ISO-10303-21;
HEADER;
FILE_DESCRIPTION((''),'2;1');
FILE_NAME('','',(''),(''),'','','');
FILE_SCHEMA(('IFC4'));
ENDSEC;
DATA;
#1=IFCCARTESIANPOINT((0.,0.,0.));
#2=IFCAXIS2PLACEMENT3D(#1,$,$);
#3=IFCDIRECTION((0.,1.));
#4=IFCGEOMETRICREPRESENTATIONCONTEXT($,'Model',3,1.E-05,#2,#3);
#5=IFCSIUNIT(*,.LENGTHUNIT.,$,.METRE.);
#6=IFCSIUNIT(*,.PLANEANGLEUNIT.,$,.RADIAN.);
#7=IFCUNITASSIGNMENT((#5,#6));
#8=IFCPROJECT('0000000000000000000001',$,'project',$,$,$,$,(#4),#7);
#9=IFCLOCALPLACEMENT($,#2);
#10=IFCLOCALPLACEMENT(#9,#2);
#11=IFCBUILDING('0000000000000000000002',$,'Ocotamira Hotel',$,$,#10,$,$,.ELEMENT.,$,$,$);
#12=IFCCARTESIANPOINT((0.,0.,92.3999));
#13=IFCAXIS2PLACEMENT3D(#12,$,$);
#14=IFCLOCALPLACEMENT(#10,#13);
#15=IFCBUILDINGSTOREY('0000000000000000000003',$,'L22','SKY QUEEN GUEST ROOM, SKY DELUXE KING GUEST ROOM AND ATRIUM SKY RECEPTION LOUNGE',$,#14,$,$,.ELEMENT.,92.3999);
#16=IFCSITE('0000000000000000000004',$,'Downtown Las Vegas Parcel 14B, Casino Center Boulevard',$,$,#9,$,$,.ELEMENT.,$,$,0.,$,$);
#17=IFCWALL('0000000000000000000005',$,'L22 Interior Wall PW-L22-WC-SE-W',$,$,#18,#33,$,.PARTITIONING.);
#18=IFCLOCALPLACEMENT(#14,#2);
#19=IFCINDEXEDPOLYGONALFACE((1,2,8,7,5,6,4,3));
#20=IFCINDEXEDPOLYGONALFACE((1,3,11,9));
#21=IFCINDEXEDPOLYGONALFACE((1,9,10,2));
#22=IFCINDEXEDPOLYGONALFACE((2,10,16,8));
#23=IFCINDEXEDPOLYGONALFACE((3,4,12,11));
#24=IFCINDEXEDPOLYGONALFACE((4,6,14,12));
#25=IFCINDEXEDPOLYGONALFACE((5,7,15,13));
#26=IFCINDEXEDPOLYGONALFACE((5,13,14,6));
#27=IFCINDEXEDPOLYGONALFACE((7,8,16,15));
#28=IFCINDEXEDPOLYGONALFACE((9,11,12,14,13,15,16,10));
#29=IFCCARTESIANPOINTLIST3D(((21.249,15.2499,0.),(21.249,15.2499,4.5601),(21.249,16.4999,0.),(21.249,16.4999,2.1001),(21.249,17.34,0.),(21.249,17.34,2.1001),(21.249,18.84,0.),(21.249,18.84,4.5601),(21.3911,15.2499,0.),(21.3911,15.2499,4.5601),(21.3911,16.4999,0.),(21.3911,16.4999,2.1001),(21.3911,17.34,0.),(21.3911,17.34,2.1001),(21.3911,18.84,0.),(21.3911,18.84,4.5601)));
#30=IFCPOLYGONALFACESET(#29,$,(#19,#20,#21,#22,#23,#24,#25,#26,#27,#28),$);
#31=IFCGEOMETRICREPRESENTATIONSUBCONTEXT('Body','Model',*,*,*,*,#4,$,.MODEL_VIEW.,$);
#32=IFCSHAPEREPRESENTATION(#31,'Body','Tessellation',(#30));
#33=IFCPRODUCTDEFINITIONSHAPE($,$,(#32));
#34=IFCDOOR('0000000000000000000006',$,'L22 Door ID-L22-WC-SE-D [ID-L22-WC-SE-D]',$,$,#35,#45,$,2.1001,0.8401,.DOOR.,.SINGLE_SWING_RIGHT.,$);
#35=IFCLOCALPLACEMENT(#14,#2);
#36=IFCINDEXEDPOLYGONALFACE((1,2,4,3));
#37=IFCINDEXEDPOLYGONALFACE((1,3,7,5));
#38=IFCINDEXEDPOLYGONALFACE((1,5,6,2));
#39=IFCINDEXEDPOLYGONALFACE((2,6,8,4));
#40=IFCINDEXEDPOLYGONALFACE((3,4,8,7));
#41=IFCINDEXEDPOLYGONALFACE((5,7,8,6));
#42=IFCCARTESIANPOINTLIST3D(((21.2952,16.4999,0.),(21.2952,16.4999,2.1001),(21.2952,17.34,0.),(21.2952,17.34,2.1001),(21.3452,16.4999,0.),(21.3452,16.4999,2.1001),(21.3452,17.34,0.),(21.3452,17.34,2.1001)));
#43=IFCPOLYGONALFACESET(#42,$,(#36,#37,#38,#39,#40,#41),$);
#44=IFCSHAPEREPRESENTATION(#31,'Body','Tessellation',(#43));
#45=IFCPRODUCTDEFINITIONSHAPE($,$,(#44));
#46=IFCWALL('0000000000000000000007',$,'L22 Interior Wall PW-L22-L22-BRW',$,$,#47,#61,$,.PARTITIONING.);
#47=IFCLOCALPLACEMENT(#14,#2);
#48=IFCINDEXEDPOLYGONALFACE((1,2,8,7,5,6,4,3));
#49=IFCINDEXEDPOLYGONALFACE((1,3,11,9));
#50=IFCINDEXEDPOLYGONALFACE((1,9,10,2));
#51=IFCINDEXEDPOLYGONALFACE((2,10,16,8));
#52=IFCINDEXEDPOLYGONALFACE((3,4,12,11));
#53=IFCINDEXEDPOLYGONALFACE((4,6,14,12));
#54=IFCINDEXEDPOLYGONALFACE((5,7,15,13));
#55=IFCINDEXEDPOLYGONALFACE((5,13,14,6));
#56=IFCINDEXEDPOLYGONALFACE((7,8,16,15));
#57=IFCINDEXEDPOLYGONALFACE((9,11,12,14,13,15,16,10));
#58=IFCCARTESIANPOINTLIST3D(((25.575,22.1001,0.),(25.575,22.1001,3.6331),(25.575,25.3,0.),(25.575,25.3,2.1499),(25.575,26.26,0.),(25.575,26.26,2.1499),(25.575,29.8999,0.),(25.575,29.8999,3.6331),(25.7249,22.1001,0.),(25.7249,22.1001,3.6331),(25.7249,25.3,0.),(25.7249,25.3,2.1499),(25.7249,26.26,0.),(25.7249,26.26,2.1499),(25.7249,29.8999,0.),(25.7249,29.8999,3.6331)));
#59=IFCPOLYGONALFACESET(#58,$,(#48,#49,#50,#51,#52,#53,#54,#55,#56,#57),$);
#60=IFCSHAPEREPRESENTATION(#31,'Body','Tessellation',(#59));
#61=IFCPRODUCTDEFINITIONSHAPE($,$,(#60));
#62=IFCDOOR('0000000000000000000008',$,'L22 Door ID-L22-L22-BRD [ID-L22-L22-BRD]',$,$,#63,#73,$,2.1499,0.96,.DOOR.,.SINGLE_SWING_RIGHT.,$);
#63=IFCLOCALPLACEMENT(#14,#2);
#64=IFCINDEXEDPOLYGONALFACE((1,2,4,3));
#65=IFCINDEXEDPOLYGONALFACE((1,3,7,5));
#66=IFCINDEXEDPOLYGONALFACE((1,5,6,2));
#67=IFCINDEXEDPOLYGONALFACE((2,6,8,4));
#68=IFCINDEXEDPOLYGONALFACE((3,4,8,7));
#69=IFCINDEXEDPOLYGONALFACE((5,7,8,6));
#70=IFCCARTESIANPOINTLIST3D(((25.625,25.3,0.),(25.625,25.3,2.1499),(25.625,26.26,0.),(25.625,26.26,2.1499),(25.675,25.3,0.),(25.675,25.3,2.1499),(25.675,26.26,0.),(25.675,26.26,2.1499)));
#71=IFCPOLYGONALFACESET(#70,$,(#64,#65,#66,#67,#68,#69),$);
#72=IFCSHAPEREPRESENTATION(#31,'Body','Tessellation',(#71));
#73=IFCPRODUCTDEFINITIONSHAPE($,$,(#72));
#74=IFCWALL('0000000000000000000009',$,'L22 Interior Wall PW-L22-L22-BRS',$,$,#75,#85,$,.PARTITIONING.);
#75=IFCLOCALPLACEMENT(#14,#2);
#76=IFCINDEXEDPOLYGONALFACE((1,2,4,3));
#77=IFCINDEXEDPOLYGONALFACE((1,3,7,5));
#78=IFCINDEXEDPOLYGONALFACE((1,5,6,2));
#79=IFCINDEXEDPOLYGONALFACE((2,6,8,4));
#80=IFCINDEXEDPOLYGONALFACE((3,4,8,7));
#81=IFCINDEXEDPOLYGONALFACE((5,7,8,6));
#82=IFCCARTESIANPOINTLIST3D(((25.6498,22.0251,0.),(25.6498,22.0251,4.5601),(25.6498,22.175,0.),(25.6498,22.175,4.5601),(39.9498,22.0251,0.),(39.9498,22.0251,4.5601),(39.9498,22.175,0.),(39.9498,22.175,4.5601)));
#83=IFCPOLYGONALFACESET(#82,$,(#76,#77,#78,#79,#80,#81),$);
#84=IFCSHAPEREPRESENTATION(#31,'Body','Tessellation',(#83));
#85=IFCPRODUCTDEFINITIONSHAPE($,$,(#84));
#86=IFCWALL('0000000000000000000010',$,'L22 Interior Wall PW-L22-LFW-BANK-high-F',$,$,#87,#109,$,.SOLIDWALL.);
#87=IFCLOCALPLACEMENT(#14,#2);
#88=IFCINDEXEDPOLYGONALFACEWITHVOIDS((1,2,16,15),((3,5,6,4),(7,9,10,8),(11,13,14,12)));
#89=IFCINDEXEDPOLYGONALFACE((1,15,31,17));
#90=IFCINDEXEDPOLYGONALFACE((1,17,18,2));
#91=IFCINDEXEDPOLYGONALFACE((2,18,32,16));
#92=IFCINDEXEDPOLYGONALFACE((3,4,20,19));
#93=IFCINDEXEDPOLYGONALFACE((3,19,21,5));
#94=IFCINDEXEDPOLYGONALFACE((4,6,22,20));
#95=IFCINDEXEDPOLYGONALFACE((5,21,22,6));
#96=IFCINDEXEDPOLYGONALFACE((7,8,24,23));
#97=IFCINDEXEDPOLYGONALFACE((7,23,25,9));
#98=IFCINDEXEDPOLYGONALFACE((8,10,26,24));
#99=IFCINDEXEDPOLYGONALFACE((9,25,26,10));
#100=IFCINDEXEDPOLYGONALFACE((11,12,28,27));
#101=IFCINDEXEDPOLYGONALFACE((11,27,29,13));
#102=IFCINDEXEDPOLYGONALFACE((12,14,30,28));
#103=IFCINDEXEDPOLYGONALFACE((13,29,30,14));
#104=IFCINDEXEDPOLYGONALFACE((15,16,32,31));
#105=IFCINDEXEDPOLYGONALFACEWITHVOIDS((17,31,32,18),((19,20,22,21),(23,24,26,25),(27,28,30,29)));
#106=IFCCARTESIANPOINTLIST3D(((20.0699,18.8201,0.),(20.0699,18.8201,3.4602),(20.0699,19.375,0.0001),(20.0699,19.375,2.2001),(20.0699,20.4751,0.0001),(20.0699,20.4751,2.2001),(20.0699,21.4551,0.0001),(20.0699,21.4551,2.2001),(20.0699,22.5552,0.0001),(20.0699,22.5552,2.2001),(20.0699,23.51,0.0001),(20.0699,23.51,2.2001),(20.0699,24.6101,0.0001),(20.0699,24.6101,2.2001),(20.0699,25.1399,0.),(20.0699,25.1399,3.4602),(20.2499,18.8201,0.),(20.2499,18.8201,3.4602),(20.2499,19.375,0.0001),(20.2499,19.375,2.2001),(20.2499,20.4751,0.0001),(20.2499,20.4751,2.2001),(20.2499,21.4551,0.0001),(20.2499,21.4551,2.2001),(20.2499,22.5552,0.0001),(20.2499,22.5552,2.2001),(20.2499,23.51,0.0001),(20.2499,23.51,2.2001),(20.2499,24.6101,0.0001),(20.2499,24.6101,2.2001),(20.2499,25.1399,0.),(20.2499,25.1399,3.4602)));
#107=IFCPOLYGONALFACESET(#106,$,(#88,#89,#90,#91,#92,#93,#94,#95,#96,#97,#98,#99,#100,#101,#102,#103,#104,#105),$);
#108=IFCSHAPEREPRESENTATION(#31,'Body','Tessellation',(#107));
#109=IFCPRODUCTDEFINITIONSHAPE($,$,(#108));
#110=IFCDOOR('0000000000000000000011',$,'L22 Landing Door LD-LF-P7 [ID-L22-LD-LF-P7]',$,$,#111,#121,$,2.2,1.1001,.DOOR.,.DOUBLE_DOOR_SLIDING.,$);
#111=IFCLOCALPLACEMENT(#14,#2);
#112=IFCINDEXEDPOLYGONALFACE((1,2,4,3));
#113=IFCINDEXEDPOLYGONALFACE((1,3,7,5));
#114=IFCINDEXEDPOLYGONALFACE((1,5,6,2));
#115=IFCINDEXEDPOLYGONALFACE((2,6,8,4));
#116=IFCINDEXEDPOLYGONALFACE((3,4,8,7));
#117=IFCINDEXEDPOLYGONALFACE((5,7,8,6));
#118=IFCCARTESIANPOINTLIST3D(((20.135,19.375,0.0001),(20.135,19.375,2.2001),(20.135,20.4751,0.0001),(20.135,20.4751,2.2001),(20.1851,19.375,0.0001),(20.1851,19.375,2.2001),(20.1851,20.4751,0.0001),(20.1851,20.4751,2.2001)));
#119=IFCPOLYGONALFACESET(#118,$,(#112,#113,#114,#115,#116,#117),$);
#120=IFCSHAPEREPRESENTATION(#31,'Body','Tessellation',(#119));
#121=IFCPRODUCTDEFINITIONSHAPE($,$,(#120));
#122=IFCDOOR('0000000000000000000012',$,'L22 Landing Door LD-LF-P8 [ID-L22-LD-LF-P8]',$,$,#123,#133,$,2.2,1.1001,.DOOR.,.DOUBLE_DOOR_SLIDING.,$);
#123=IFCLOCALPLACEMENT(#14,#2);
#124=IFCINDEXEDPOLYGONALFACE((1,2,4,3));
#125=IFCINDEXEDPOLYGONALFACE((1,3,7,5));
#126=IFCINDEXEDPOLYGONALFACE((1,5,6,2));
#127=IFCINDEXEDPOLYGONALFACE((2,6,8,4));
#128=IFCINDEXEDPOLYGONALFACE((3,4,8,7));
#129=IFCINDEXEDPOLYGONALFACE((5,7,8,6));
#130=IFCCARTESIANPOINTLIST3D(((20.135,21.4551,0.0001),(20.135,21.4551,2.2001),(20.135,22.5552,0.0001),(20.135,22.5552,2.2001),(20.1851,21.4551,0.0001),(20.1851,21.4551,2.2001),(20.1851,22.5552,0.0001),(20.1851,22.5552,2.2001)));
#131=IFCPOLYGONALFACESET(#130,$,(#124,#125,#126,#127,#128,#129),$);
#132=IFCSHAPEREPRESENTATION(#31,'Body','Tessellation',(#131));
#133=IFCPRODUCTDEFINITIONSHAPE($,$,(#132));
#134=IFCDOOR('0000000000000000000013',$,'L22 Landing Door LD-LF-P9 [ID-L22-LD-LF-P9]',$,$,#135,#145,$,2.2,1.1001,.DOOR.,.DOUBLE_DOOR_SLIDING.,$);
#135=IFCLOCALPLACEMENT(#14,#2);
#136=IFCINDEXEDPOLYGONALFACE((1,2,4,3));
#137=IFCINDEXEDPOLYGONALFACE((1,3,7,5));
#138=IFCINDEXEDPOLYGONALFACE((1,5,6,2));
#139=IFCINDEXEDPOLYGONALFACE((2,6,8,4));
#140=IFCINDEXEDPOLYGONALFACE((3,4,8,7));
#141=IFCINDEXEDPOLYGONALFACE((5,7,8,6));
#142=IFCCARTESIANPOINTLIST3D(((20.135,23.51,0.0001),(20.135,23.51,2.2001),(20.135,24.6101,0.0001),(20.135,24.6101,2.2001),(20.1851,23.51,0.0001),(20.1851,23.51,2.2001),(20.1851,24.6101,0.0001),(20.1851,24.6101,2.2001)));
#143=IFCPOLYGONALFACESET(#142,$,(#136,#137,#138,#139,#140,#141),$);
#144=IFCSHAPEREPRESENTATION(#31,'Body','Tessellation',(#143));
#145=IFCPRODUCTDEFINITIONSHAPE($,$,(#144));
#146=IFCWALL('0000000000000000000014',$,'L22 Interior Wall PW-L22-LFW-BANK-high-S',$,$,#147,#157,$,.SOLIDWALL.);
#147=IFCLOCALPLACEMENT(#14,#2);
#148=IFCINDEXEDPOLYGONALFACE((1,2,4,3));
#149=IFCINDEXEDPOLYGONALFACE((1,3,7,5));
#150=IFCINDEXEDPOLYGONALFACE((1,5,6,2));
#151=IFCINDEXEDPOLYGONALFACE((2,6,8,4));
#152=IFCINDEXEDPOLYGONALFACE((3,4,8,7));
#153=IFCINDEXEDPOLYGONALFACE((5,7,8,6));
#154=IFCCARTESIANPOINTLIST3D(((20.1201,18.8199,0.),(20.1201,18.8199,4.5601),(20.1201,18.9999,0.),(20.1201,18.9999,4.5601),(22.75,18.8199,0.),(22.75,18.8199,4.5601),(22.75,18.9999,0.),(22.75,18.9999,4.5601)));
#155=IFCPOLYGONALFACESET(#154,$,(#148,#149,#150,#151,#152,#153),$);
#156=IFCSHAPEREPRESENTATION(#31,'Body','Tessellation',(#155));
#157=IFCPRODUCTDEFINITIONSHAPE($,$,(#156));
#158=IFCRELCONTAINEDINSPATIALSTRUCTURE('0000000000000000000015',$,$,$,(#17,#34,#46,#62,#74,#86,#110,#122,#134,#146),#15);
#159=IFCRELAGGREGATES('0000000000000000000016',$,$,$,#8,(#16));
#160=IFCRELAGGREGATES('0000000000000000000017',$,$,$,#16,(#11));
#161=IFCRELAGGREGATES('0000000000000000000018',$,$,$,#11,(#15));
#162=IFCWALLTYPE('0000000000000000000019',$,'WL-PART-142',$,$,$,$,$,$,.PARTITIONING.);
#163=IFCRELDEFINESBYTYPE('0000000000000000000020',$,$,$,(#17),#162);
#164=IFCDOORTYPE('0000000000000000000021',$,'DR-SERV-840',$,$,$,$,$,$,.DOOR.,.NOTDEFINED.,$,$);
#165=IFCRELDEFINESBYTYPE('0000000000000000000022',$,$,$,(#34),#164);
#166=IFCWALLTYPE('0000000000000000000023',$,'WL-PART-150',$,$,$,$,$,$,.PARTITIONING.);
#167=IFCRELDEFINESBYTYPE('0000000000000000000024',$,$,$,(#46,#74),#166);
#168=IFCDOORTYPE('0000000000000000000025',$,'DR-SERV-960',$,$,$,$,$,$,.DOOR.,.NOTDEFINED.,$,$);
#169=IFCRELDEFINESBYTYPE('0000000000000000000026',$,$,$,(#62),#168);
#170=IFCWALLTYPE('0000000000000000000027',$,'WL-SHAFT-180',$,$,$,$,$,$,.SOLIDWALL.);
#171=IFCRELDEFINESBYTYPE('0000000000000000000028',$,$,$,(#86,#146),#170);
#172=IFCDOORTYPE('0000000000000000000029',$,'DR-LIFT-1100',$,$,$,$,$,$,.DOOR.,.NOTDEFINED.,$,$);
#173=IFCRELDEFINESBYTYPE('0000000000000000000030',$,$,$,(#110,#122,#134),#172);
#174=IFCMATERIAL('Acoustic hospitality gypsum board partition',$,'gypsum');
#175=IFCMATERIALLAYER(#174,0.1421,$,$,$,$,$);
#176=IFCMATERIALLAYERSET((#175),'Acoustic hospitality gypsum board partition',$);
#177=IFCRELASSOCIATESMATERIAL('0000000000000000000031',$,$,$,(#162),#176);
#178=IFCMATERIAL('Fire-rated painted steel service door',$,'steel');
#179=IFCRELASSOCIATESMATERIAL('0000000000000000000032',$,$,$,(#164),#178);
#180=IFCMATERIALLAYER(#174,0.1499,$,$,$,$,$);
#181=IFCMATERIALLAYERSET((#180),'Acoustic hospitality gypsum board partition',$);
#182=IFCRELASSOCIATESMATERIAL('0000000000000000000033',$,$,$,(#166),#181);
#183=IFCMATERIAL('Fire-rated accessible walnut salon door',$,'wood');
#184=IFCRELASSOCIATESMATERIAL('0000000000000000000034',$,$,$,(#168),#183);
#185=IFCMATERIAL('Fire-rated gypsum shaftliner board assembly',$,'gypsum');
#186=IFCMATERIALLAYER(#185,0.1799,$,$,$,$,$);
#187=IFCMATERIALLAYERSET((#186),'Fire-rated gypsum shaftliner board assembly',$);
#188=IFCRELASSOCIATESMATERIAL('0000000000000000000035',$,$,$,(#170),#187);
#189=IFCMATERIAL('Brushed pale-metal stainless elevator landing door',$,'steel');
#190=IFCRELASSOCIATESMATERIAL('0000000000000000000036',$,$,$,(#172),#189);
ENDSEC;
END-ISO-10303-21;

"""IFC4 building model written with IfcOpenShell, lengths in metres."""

from ifc_helpers import new_model, si_unit, direction, frame, frame_2d, origin, place, context, subcontext, project, spatial, rectangle, extrude, source, transform, mapped, material, layer, layer_set, type_object, element, fill, save


model = new_model("IFC4")

# Units and contexts
model_context = context("Model", 3, precision=1e-05, world=origin(), true_north=direction((0.0, 1.0)))
body_context = subcontext(model_context, "Body", "Model", "MODEL_VIEW")
ifc_project = project(units=[si_unit("LENGTHUNIT", "METRE"), si_unit("PLANEANGLEUNIT", "RADIAN")], contexts=[model_context])

# Site, building, storey
site_placement = place(None, origin())
site = spatial("IfcSite", under=ifc_project, at=site_placement, Name="Downtown Las Vegas Parcel 14B, Casino Center Boulevard", CompositionType="ELEMENT", RefElevation=0.0)
building_placement = place(site_placement, origin())
building = spatial("IfcBuilding", under=site, at=building_placement, Name="Ocotamira Hotel", CompositionType="ELEMENT")
storey_placement = place(building_placement, frame((0.0, 0.0, 92.3999)))
storey = spatial("IfcBuildingStorey", under=building, at=storey_placement, Name="L22", Description="SKY QUEEN GUEST ROOM, SKY DELUXE KING GUEST ROOM AND ATRIUM SKY RECEPTION LOUNGE", CompositionType="ELEMENT", Elevation=92.3999)

# Walls, openings, doors
ifc_material_1 = material(Name="Acoustic hospitality gypsum board partition", Category="gypsum")
ifc_layer_1 = layer(ifc_material_1, 0.1421)
ifc_layer_set_1 = layer_set([ifc_layer_1], Name="Acoustic hospitality gypsum board partition")
wall_type_1 = type_object("IfcWallType", Name="WL-PART-142", PredefinedType="PARTITIONING", material=ifc_layer_set_1)
wall_1_placement = place(storey_placement, frame((21.3201, 15.25, 0.0), z_axis=(0.0, 0.0, 1.0), x_axis=(0.0, 1.0, 0.0)))
wall_1 = element("IfcWall", 1, at=wall_1_placement, inside=storey, type_object=wall_type_1, Name="L22 Interior Wall PW-L22-WC-SE-W", PredefinedType="PARTITIONING", context=body_context, shape_type="SweptSolid", body=[
    extrude(rectangle(XDim=3.5901, YDim=0.1421, at=frame_2d((1.7949, 0.0))), origin(), (0.0, 0.0, 1.0), 4.5601),
])
opening_1_placement = place(wall_1_placement, frame((1.25, 0.0, 0.0)))
opening_1 = element("IfcOpeningElement", 2, at=opening_1_placement, cuts=wall_1, PredefinedType="OPENING", context=body_context, shape_type="SweptSolid", body=[
    extrude(rectangle(XDim=0.8401, YDim=2.1001, at=frame_2d((0.4199, 1.05))), frame((0.0, 0.0811, 0.0), z_axis=(0.0, -1.0, 0.0), x_axis=(1.0, 0.0, 0.0)), (0.0, 0.0, 1.0), 0.1621),
])
ifc_material_2 = material(Name="Fire-rated painted steel service door", Category="steel")
door_type_1 = type_object("IfcDoorType", Name="DR-SERV-840", OperationType="NOTDEFINED", PredefinedType="DOOR", material=ifc_material_2)
shared_shape_1 = source(origin(), body_context, "Body", "SweptSolid", [
    extrude(rectangle(XDim=0.8401, YDim=2.1001, at=frame_2d((0.4199, 1.05))), frame((0.0, 0.0249, 0.0), z_axis=(0.0, -1.0, 0.0), x_axis=(1.0, 0.0, 0.0)), (0.0, 0.0, 1.0), 0.05),
])
door_1_placement = place(opening_1_placement, origin())
door_1 = element("IfcDoor", 3, at=door_1_placement, inside=storey, type_object=door_type_1, Name="L22 Door ID-L22-WC-SE-D [ID-L22-WC-SE-D]", OperationType="SINGLE_SWING_RIGHT", OverallHeight=2.1001, OverallWidth=0.8401, PredefinedType="DOOR", context=body_context, shape_type="MappedRepresentation", body=[
    mapped(shared_shape_1, transform((0.0, 0.0, 0.0), scale=1.0)),
])
fill(opening_1, door_1)
ifc_layer_2 = layer(ifc_material_1, 0.1499)
ifc_layer_set_2 = layer_set([ifc_layer_2], Name="Acoustic hospitality gypsum board partition")
wall_type_2 = type_object("IfcWallType", Name="WL-PART-150", PredefinedType="PARTITIONING", material=ifc_layer_set_2)
wall_2_placement = place(storey_placement, frame((25.6499, 22.1001, 0.0), z_axis=(0.0, 0.0, 1.0), x_axis=(0.0, 1.0, 0.0)))
wall_2 = element("IfcWall", 4, at=wall_2_placement, inside=storey, type_object=wall_type_2, Name="L22 Interior Wall PW-L22-L22-BRW", PredefinedType="PARTITIONING", context=body_context, shape_type="SweptSolid", body=[
    extrude(rectangle(XDim=7.7998, YDim=0.1499, at=frame_2d((3.8999, 0.0))), origin(), (0.0, 0.0, 1.0), 3.6331),
])
opening_2_placement = place(wall_2_placement, frame((3.2, 0.0, 0.0)))
opening_2 = element("IfcOpeningElement", 5, at=opening_2_placement, cuts=wall_2, PredefinedType="OPENING", context=body_context, shape_type="SweptSolid", body=[
    extrude(rectangle(XDim=0.96, YDim=2.1499, at=frame_2d((0.48, 1.075))), frame((0.0, 0.085, 0.0), z_axis=(0.0, -1.0, 0.0), x_axis=(1.0, 0.0, 0.0)), (0.0, 0.0, 1.0), 0.1699),
])
ifc_material_3 = material(Name="Fire-rated accessible walnut salon door", Category="wood")
door_type_2 = type_object("IfcDoorType", Name="DR-SERV-960", OperationType="NOTDEFINED", PredefinedType="DOOR", material=ifc_material_3)
shared_shape_2 = source(origin(), body_context, "Body", "SweptSolid", [
    extrude(rectangle(XDim=0.96, YDim=2.1499, at=frame_2d((0.48, 1.075))), frame((0.0, 0.0249, 0.0), z_axis=(0.0, -1.0, 0.0), x_axis=(1.0, 0.0, 0.0)), (0.0, 0.0, 1.0), 0.05),
])
door_2_placement = place(opening_2_placement, origin())
door_2 = element("IfcDoor", 6, at=door_2_placement, inside=storey, type_object=door_type_2, Name="L22 Door ID-L22-L22-BRD [ID-L22-L22-BRD]", OperationType="SINGLE_SWING_RIGHT", OverallHeight=2.1499, OverallWidth=0.96, PredefinedType="DOOR", context=body_context, shape_type="MappedRepresentation", body=[
    mapped(shared_shape_2, transform((0.0, 0.0, 0.0), scale=1.0)),
])
fill(opening_2, door_2)

# Wall
wall_3_placement = place(storey_placement, frame((25.6499, 22.1001, 0.0), z_axis=(0.0, 0.0, 1.0), x_axis=(1.0, 0.0, 0.0)))
element("IfcWall", 7, at=wall_3_placement, inside=storey, type_object=wall_type_2, Name="L22 Interior Wall PW-L22-L22-BRS", PredefinedType="PARTITIONING", context=body_context, shape_type="SweptSolid", body=[
    extrude(rectangle(XDim=14.3, YDim=0.1499, at=frame_2d((7.1499, 0.0))), origin(), (0.0, 0.0, 1.0), 4.5601),
])

# Wall, openings, doors
ifc_material_4 = material(Name="Fire-rated gypsum shaftliner board assembly", Category="gypsum")
ifc_layer_3 = layer(ifc_material_4, 0.1799)
ifc_layer_set_3 = layer_set([ifc_layer_3], Name="Fire-rated gypsum shaftliner board assembly")
wall_type_3 = type_object("IfcWallType", Name="WL-SHAFT-180", PredefinedType="SOLIDWALL", material=ifc_layer_set_3)
wall_4_placement = place(storey_placement, frame((20.1599, 18.8201, 0.0), z_axis=(0.0, 0.0, 1.0), x_axis=(0.0, 1.0, 0.0)))
wall_4 = element("IfcWall", 8, at=wall_4_placement, inside=storey, type_object=wall_type_3, Name="L22 Interior Wall PW-L22-LFW-BANK-high-F", PredefinedType="SOLIDWALL", context=body_context, shape_type="SweptSolid", body=[
    extrude(rectangle(XDim=6.3198, YDim=0.1799, at=frame_2d((3.1599, 0.0))), origin(), (0.0, 0.0, 1.0), 3.4602),
])
opening_3_placement = place(wall_4_placement, frame((0.5549, 0.0, 0.0)))
opening_3 = element("IfcOpeningElement", 9, at=opening_3_placement, cuts=wall_4, PredefinedType="OPENING", context=body_context, shape_type="SweptSolid", body=[
    extrude(rectangle(XDim=1.1001, YDim=2.2, at=frame_2d((0.55, 1.1001))), frame((0.0, 0.1001, 0.0), z_axis=(0.0, -1.0, 0.0), x_axis=(1.0, 0.0, 0.0)), (0.0, 0.0, 1.0), 0.2),
])
opening_4_placement = place(wall_4_placement, frame((2.635, 0.0, 0.0)))
opening_4 = element("IfcOpeningElement", 10, at=opening_4_placement, cuts=wall_4, PredefinedType="OPENING", context=body_context, shape_type="SweptSolid", body=[
    extrude(rectangle(XDim=1.1001, YDim=2.2, at=frame_2d((0.55, 1.1001))), frame((0.0, 0.1001, 0.0), z_axis=(0.0, -1.0, 0.0), x_axis=(1.0, 0.0, 0.0)), (0.0, 0.0, 1.0), 0.2),
])
opening_5_placement = place(wall_4_placement, frame((4.6899, 0.0, 0.0)))
opening_5 = element("IfcOpeningElement", 11, at=opening_5_placement, cuts=wall_4, PredefinedType="OPENING", context=body_context, shape_type="SweptSolid", body=[
    extrude(rectangle(XDim=1.1001, YDim=2.2, at=frame_2d((0.55, 1.1001))), frame((0.0, 0.1001, 0.0), z_axis=(0.0, -1.0, 0.0), x_axis=(1.0, 0.0, 0.0)), (0.0, 0.0, 1.0), 0.2),
])
ifc_material_5 = material(Name="Brushed pale-metal stainless elevator landing door", Category="steel")
door_type_3 = type_object("IfcDoorType", Name="DR-LIFT-1100", OperationType="NOTDEFINED", PredefinedType="DOOR", material=ifc_material_5)
shared_shape_3 = source(origin(), body_context, "Body", "SweptSolid", [
    extrude(rectangle(XDim=1.1001, YDim=2.2, at=frame_2d((0.55, 1.1001))), frame((0.0, 0.0249, 0.0), z_axis=(0.0, -1.0, 0.0), x_axis=(1.0, 0.0, 0.0)), (0.0, 0.0, 1.0), 0.05),
])
door_3_placement = place(opening_3_placement, origin())
door_3 = element("IfcDoor", 12, at=door_3_placement, inside=storey, type_object=door_type_3, Name="L22 Landing Door LD-LF-P7 [ID-L22-LD-LF-P7]", OperationType="DOUBLE_DOOR_SLIDING", OverallHeight=2.2, OverallWidth=1.1001, PredefinedType="DOOR", context=body_context, shape_type="MappedRepresentation", body=[
    mapped(shared_shape_3, transform((0.0, 0.0, 0.0), scale=1.0)),
])
fill(opening_3, door_3)
door_4_placement = place(opening_4_placement, origin())
door_4 = element("IfcDoor", 13, at=door_4_placement, inside=storey, type_object=door_type_3, Name="L22 Landing Door LD-LF-P8 [ID-L22-LD-LF-P8]", OperationType="DOUBLE_DOOR_SLIDING", OverallHeight=2.2, OverallWidth=1.1001, PredefinedType="DOOR", context=body_context, shape_type="MappedRepresentation", body=[
    mapped(shared_shape_3, transform((0.0, 0.0, 0.0), scale=1.0)),
])
fill(opening_4, door_4)
door_5_placement = place(opening_5_placement, origin())
door_5 = element("IfcDoor", 14, at=door_5_placement, inside=storey, type_object=door_type_3, Name="L22 Landing Door LD-LF-P9 [ID-L22-LD-LF-P9]", OperationType="DOUBLE_DOOR_SLIDING", OverallHeight=2.2, OverallWidth=1.1001, PredefinedType="DOOR", context=body_context, shape_type="MappedRepresentation", body=[
    mapped(shared_shape_3, transform((0.0, 0.0, 0.0), scale=1.0)),
])
fill(opening_5, door_5)

# Wall
wall_5_placement = place(storey_placement, frame((20.1201, 18.9099, 0.0), z_axis=(0.0, 0.0, 1.0), x_axis=(1.0, 0.0, 0.0)))
element("IfcWall", 15, at=wall_5_placement, inside=storey, type_object=wall_type_3, Name="L22 Interior Wall PW-L22-LFW-BANK-high-S", PredefinedType="SOLIDWALL", context=body_context, shape_type="SweptSolid", body=[
    extrude(rectangle(XDim=2.6299, YDim=0.1799, at=frame_2d((1.3149, 0.0))), origin(), (0.0, 0.0, 1.0), 4.5601),
])

save(model, "model.ifc")
